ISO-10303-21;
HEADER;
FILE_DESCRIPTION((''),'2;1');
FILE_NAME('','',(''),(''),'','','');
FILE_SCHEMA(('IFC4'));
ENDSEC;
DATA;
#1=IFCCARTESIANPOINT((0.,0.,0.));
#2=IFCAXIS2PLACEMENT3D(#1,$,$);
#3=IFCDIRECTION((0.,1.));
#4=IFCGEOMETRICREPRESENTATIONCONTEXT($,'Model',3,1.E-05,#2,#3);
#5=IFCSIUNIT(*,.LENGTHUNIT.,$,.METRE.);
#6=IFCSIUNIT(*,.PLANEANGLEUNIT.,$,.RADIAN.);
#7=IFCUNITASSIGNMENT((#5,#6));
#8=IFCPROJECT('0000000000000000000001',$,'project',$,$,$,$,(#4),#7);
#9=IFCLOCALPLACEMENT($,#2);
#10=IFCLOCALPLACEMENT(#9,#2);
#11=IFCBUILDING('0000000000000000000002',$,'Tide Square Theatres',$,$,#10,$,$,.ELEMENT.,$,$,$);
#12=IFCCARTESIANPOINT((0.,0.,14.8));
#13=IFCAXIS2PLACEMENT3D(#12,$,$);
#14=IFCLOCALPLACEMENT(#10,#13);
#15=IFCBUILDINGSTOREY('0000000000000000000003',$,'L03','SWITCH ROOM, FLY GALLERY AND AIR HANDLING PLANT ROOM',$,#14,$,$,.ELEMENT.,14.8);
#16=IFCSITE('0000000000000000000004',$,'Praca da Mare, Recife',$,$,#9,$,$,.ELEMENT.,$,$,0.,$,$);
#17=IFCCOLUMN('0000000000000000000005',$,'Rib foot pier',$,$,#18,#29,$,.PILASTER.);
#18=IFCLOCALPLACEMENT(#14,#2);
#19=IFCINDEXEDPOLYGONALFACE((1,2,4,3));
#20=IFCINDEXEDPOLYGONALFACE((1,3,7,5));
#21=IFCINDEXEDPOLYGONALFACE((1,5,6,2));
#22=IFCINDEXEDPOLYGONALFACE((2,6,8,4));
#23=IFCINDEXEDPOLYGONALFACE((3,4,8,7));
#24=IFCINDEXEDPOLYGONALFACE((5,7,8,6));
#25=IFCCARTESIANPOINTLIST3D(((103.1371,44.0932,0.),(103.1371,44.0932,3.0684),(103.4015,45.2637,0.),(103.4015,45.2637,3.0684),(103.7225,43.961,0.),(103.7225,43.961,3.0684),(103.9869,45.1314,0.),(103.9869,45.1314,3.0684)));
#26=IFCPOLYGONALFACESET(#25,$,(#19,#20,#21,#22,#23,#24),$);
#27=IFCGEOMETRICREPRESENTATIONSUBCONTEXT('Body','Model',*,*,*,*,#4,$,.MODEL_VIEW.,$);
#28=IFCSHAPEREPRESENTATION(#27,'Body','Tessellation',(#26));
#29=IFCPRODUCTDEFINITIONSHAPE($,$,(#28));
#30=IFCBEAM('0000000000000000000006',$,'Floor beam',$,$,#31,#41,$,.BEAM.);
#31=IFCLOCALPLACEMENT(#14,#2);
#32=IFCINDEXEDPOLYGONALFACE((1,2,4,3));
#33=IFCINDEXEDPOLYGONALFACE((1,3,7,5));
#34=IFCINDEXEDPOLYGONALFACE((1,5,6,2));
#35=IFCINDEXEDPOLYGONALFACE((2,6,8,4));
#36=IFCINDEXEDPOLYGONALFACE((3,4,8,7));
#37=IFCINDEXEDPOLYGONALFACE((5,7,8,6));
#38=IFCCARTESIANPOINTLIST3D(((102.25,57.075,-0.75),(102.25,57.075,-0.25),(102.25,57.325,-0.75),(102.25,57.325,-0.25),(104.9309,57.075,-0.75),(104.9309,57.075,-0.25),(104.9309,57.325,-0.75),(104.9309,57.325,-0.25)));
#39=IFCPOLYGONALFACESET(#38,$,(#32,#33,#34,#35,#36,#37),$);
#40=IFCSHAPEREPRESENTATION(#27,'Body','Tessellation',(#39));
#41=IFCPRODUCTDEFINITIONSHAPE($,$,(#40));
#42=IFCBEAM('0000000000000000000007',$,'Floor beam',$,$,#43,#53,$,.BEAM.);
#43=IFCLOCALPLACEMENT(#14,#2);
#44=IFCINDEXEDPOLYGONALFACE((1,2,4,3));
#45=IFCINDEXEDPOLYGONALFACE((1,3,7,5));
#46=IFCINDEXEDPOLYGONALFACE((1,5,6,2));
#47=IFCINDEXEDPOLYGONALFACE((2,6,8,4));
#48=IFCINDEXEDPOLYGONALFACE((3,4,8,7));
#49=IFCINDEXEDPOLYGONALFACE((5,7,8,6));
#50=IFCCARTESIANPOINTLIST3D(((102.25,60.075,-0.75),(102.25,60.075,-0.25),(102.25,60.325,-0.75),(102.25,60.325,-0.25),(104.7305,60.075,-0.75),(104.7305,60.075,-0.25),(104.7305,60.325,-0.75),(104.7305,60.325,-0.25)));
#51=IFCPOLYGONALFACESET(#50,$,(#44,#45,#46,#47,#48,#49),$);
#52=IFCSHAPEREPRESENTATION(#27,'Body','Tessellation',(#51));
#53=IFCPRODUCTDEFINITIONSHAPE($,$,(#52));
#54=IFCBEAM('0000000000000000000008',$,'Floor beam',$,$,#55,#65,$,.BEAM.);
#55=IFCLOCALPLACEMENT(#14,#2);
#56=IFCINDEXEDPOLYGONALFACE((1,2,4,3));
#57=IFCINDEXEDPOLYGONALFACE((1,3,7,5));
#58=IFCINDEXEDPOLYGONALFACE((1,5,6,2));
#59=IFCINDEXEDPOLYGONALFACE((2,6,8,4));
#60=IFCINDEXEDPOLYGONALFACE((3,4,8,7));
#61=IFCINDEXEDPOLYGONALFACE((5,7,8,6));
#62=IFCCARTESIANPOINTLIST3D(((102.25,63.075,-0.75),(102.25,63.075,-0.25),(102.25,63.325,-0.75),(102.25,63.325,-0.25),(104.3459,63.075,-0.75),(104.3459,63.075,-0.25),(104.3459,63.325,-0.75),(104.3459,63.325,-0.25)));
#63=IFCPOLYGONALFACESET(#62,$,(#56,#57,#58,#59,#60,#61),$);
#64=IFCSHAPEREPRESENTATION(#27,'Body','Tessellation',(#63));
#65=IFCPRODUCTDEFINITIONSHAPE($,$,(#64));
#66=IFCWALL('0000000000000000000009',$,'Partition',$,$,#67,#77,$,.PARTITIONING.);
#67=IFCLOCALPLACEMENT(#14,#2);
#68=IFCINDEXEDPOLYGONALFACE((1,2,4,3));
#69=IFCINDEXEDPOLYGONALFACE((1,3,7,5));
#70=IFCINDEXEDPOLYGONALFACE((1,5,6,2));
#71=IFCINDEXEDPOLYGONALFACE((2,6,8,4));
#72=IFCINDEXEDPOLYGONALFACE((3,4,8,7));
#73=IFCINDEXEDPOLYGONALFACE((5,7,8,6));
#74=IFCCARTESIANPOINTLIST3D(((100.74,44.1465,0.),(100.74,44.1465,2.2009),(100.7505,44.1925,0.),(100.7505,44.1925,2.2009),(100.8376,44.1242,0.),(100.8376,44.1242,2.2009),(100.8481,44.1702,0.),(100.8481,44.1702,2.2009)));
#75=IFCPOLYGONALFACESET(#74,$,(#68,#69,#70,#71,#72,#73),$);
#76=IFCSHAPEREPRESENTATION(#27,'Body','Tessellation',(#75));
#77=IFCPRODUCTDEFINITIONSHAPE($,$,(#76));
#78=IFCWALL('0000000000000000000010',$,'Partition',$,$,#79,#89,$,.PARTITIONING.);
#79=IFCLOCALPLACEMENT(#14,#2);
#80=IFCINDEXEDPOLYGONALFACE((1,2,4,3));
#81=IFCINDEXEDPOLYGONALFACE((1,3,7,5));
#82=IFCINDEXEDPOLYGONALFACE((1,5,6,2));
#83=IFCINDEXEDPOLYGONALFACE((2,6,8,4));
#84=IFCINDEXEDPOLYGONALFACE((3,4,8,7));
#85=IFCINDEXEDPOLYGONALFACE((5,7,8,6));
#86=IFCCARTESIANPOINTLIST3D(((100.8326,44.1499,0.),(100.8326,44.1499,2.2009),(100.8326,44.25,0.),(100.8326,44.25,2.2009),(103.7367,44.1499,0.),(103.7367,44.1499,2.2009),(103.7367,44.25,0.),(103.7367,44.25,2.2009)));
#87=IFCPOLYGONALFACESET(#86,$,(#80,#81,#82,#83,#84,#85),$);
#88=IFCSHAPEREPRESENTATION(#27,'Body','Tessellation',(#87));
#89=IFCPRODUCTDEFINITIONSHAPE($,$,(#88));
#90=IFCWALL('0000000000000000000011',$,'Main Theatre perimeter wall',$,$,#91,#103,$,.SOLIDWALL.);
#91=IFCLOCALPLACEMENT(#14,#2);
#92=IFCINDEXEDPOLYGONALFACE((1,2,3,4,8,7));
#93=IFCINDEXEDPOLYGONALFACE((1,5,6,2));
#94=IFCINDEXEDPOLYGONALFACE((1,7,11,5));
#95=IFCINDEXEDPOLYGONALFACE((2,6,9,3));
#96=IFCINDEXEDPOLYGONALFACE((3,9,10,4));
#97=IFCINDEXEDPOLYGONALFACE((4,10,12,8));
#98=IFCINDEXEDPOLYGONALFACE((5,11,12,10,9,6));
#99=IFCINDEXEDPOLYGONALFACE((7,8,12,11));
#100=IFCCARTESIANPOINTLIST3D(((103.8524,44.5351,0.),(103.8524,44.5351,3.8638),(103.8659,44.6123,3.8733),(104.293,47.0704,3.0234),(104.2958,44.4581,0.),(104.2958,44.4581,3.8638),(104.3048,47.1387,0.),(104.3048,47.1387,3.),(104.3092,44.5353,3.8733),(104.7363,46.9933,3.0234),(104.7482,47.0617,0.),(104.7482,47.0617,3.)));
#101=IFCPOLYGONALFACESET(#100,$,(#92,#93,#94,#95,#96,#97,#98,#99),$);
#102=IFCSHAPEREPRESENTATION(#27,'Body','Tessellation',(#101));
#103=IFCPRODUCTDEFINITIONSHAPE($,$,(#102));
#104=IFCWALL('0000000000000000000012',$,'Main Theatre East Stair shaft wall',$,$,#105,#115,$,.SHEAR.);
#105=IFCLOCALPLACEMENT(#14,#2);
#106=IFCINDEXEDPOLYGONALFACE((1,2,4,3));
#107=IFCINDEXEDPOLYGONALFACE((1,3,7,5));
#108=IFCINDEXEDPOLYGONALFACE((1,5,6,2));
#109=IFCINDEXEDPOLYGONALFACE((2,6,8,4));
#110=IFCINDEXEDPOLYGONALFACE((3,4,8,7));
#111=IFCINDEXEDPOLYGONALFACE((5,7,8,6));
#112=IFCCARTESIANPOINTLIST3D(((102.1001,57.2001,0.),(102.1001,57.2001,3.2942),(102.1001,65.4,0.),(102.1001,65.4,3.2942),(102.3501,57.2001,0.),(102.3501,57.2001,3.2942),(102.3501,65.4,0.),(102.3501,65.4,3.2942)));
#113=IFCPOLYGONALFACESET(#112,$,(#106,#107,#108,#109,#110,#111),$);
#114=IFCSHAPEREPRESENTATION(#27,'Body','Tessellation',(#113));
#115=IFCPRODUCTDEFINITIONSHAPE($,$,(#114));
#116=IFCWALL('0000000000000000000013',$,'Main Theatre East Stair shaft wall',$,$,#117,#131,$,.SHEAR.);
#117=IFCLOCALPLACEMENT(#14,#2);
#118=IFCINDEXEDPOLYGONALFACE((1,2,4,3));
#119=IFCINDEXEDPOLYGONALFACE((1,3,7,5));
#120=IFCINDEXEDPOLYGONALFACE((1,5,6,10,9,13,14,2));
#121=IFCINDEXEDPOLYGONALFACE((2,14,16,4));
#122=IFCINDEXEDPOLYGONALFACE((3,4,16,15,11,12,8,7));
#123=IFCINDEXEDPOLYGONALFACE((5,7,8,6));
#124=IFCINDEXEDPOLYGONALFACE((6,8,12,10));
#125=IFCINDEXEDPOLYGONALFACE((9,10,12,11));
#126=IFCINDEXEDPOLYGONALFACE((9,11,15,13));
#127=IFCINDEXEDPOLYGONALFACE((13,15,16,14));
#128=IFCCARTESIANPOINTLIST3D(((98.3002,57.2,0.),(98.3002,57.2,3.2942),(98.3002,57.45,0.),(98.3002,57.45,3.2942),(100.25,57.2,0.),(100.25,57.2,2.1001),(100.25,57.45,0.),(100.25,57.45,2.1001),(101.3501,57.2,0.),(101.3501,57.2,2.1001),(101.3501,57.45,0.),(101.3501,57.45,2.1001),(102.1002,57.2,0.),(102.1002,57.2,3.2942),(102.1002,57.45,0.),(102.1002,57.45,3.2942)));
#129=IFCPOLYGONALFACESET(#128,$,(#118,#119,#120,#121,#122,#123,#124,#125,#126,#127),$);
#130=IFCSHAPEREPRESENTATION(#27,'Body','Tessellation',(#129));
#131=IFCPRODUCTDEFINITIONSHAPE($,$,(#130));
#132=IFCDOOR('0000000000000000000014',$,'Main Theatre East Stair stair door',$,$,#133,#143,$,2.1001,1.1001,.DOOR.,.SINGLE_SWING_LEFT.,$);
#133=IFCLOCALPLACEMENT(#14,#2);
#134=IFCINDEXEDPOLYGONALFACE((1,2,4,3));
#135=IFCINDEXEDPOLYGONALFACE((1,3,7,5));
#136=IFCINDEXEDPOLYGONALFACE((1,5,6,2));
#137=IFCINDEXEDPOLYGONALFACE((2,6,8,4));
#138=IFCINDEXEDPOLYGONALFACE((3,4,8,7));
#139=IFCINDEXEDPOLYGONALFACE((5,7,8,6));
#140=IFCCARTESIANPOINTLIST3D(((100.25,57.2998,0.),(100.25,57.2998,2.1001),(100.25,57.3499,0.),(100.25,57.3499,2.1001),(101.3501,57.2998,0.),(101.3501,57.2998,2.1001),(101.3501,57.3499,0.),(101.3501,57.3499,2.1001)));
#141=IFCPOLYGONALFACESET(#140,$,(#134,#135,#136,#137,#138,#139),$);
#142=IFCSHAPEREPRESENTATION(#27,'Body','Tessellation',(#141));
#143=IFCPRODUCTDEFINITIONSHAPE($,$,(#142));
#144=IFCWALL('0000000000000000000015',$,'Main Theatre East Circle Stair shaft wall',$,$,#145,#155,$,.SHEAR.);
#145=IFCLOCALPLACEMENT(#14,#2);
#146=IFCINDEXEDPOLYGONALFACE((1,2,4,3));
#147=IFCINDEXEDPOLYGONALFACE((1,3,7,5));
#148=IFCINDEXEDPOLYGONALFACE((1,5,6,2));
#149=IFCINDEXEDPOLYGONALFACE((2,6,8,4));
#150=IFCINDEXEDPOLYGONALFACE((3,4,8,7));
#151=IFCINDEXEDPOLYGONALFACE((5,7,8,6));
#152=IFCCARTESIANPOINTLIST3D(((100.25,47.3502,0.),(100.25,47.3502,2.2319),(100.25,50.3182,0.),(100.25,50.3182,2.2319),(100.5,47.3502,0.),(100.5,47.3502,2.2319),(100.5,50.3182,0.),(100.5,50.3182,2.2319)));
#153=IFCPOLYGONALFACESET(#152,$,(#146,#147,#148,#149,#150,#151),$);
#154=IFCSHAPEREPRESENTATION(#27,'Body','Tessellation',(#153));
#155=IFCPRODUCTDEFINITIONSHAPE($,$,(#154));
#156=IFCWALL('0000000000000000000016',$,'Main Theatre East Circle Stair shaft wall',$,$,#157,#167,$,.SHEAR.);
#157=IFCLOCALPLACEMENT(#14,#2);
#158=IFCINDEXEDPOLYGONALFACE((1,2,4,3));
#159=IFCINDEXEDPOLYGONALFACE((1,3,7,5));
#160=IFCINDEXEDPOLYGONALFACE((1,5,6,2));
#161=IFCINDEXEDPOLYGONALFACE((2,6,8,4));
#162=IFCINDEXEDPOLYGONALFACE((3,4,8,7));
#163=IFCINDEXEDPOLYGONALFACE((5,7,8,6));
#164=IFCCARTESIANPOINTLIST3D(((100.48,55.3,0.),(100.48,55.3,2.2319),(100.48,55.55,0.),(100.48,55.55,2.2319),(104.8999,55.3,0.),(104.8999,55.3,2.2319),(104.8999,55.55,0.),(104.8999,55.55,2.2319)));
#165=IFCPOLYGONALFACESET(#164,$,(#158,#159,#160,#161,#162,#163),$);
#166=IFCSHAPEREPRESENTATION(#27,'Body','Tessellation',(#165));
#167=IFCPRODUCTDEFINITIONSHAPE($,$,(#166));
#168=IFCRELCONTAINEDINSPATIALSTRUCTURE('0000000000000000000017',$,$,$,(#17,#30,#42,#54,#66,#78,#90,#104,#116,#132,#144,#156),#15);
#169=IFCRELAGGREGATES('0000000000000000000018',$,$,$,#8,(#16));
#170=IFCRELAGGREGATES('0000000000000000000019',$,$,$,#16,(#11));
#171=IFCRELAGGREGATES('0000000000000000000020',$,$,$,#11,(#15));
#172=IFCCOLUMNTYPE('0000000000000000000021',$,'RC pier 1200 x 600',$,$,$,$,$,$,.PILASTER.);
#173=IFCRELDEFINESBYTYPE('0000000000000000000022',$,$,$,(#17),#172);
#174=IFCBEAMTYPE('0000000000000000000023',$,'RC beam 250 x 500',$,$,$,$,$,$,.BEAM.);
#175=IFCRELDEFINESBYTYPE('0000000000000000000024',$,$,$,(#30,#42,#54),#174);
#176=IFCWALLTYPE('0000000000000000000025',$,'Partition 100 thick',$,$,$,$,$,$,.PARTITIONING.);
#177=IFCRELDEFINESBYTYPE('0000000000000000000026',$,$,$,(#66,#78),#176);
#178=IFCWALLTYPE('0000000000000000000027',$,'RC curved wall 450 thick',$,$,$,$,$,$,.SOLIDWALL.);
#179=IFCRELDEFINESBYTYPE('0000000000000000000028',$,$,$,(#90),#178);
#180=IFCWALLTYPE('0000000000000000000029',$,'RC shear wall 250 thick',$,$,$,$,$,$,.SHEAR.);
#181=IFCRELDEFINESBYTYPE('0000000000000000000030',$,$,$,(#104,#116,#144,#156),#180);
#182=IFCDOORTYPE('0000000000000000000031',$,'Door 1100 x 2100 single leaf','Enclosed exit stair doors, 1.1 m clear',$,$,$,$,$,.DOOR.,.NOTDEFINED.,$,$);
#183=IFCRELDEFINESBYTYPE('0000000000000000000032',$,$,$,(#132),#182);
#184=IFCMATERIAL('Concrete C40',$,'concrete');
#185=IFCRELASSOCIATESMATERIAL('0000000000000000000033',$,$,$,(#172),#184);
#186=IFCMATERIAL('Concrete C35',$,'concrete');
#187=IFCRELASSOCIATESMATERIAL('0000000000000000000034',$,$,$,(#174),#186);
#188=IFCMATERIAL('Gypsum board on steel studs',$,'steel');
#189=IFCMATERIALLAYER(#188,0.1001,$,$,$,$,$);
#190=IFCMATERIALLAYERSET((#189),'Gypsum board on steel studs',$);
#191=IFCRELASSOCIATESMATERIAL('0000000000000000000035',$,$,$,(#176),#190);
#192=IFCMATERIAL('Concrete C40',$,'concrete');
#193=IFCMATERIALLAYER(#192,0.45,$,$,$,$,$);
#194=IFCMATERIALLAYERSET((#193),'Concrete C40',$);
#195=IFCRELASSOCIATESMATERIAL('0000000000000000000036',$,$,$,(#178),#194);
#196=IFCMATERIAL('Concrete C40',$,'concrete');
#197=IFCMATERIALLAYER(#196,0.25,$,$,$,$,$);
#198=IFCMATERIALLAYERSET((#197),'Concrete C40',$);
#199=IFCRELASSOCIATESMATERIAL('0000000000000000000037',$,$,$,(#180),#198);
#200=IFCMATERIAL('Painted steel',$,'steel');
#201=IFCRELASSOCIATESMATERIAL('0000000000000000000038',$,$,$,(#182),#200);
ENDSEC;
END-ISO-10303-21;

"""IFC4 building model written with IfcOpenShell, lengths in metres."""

from ifc_helpers import new_model, si_unit, direction, frame, frame_2d, origin, origin_2d, place, context, subcontext, project, spatial, polyline, rectangle, outline, extrude, material, layer, layer_set, material_profile, profile_set, type_object, element, fill, save


model = new_model("IFC4")

# Units and contexts
model_context = context("Model", 3, precision=1e-05, world=origin(), true_north=direction((0.0, 1.0)))
body_context = subcontext(model_context, "Body", "Model", "MODEL_VIEW")
ifc_project = project(units=[si_unit("LENGTHUNIT", "METRE"), si_unit("PLANEANGLEUNIT", "RADIAN")], contexts=[model_context])

# Site, building, storey
site_placement = place(None, origin())
site = spatial("IfcSite", under=ifc_project, at=site_placement, Name="Praca da Mare, Recife", CompositionType="ELEMENT", RefElevation=0.0)
building_placement = place(site_placement, origin())
building = spatial("IfcBuilding", under=site, at=building_placement, Name="Tide Square Theatres", CompositionType="ELEMENT")
storey_placement = place(building_placement, frame((0.0, 0.0, 14.8)))
storey = spatial("IfcBuildingStorey", under=building, at=storey_placement, Name="L03", Description="SWITCH ROOM, FLY GALLERY AND AIR HANDLING PLANT ROOM", CompositionType="ELEMENT", Elevation=14.8)

# Column
ifc_material_1 = material(Name="Concrete C40", Category="concrete")
ifc_material_profile_1 = material_profile(ifc_material_1, rectangle(XDim=1.2, YDim=0.6001, at=origin_2d()))
ifc_profile_set_1 = profile_set([ifc_material_profile_1], Name="Concrete C40")
column_type = type_object("IfcColumnType", Name="RC pier 1200 x 600", PredefinedType="PILASTER", material=ifc_profile_set_1)
column_placement = place(storey_placement, frame((103.562, 44.6123, 0.0), z_axis=(0.0, 0.0, 1.0), x_axis=(0.220357, 0.975419, 0.0)))
element("IfcColumn", 1, at=column_placement, inside=storey, type_object=column_type, Name="Rib foot pier", PredefinedType="PILASTER", context=body_context, shape_type="SweptSolid", body=[
    extrude(rectangle(XDim=1.2, YDim=0.6001, at=origin_2d()), origin(), (0.0, 0.0, 1.0), 3.0684),
])

# Beams
ifc_material_2 = material(Name="Concrete C35", Category="concrete")
ifc_material_profile_2 = material_profile(ifc_material_2, rectangle(XDim=0.25, YDim=0.5, at=origin_2d()))
ifc_profile_set_2 = profile_set([ifc_material_profile_2], Name="Concrete C35")
beam_type = type_object("IfcBeamType", Name="RC beam 250 x 500", PredefinedType="BEAM", material=ifc_profile_set_2)
beam_1_placement = place(storey_placement, frame((102.25, 57.2, -0.5), z_axis=(1.0, 0.0, 0.0), x_axis=(0.0, 1.0, 0.0)))
element("IfcBeam", 2, at=beam_1_placement, inside=storey, type_object=beam_type, Name="Floor beam", PredefinedType="BEAM", context=body_context, shape_type="SweptSolid", body=[
    extrude(rectangle(XDim=0.25, YDim=0.5, at=origin_2d()), origin(), (0.0, 0.0, 1.0), 2.6809),
])
beam_2_placement = place(storey_placement, frame((102.25, 60.2, -0.5), z_axis=(1.0, 0.0, 0.0), x_axis=(0.0, 1.0, 0.0)))
element("IfcBeam", 3, at=beam_2_placement, inside=storey, type_object=beam_type, Name="Floor beam", PredefinedType="BEAM", context=body_context, shape_type="SweptSolid", body=[
    extrude(rectangle(XDim=0.25, YDim=0.5, at=origin_2d()), origin(), (0.0, 0.0, 1.0), 2.4805),
])
beam_3_placement = place(storey_placement, frame((102.25, 63.2, -0.5), z_axis=(1.0, 0.0, 0.0), x_axis=(0.0, 1.0, 0.0)))
element("IfcBeam", 4, at=beam_3_placement, inside=storey, type_object=beam_type, Name="Floor beam", PredefinedType="BEAM", context=body_context, shape_type="SweptSolid", body=[
    extrude(rectangle(XDim=0.25, YDim=0.5, at=origin_2d()), origin(), (0.0, 0.0, 1.0), 2.0959),
])

# Walls
ifc_material_3 = material(Name="Gypsum board on steel studs", Category="steel")
ifc_layer_1 = layer(ifc_material_3, 0.1001)
ifc_layer_set_1 = layer_set([ifc_layer_1], Name="Gypsum board on steel studs")
wall_type_1 = type_object("IfcWallType", Name="Partition 100 thick", PredefinedType="PARTITIONING", material=ifc_layer_set_1)
wall_1_placement = place(storey_placement, frame((100.7888, 44.1355, 0.0), z_axis=(0.0, 0.0, 1.0), x_axis=(0.222966, 0.974826, 0.0)))
element("IfcWall", 5, at=wall_1_placement, inside=storey, type_object=wall_type_1, Name="Partition", PredefinedType="PARTITIONING", context=body_context, shape_type="SweptSolid", body=[
    extrude(rectangle(XDim=0.0471, YDim=0.1001, at=frame_2d((0.0234, 0.0))), origin(), (0.0, 0.0, 1.0), 2.2009),
])
wall_2_placement = place(storey_placement, frame((100.8325, 44.2, 0.0), z_axis=(0.0, 0.0, 1.0), x_axis=(1.0, 0.0, 0.0)))
element("IfcWall", 6, at=wall_2_placement, inside=storey, type_object=wall_type_1, Name="Partition", PredefinedType="PARTITIONING", context=body_context, shape_type="SweptSolid", body=[
    extrude(rectangle(XDim=2.9041, YDim=0.1001, at=frame_2d((1.4521, 0.0))), origin(), (0.0, 0.0, 1.0), 2.2009),
])
ifc_material_4 = material(Name="Concrete C40", Category="concrete")
ifc_layer_2 = layer(ifc_material_4, 0.45)
ifc_layer_set_2 = layer_set([ifc_layer_2], Name="Concrete C40")
wall_type_2 = type_object("IfcWallType", Name="RC curved wall 450 thick", PredefinedType="SOLIDWALL", material=ifc_layer_set_2)
wall_3_placement = place(storey_placement, frame((104.0742, 44.4966, 0.0), z_axis=(0.0, 0.0, 1.0), x_axis=(0.171197, 0.985237, 0.0)))
element("IfcWall", 7, at=wall_3_placement, inside=storey, type_object=wall_type_2, Name="Main Theatre perimeter wall", PredefinedType="SOLIDWALL", context=body_context, shape_type="SweptSolid", body=[
    extrude(outline(polyline([(0.0, 0.0), (2.6426, 0.0), (2.6426, 3.0), (2.5732, 3.0234), (0.0784, 3.8733), (0.0, 3.8638), (0.0, 0.0)])), frame((0.0, 0.2251, 0.0), z_axis=(0.0, -1.0, 0.0), x_axis=(1.0, 0.0, 0.0)), (0.0, 0.0, 1.0), 0.45),
])
ifc_material_5 = material(Name="Concrete C40", Category="concrete")
ifc_layer_3 = layer(ifc_material_5, 0.25)
ifc_layer_set_3 = layer_set([ifc_layer_3], Name="Concrete C40")
wall_type_3 = type_object("IfcWallType", Name="RC shear wall 250 thick", PredefinedType="SHEAR", material=ifc_layer_set_3)
wall_4_placement = place(storey_placement, frame((102.2251, 57.2, 0.0), z_axis=(0.0, 0.0, 1.0), x_axis=(0.0, 1.0, 0.0)))
element("IfcWall", 8, at=wall_4_placement, inside=storey, type_object=wall_type_3, Name="Main Theatre East Stair shaft wall", PredefinedType="SHEAR", context=body_context, shape_type="SweptSolid", body=[
    extrude(rectangle(XDim=8.2, YDim=0.25, at=frame_2d((4.1001, 0.0))), origin(), (0.0, 0.0, 1.0), 3.2942),
])

# Wall, opening, door
wall_5_placement = place(storey_placement, frame((102.1001, 57.325, 0.0), z_axis=(0.0, 0.0, 1.0), x_axis=(-1.0, 0.0, 0.0)))
wall_5 = element("IfcWall", 9, at=wall_5_placement, inside=storey, type_object=wall_type_3, Name="Main Theatre East Stair shaft wall", PredefinedType="SHEAR", context=body_context, shape_type="SweptSolid", body=[
    extrude(rectangle(XDim=3.8, YDim=0.25, at=frame_2d((1.8999, 0.0))), origin(), (0.0, 0.0, 1.0), 3.2942),
])
opening_placement = place(wall_5_placement, frame((0.75, 0.0, 0.0)))
opening = element("IfcOpeningElement", 10, at=opening_placement, cuts=wall_5, PredefinedType="OPENING", context=body_context, shape_type="SweptSolid", body=[
    extrude(rectangle(XDim=1.1001, YDim=2.1001, at=frame_2d((0.55, 1.05))), frame((0.0, 0.135, 0.0), z_axis=(0.0, -1.0, 0.0), x_axis=(1.0, 0.0, 0.0)), (0.0, 0.0, 1.0), 0.27),
])
ifc_material_6 = material(Name="Painted steel", Category="steel")
door_type = type_object("IfcDoorType", Name="Door 1100 x 2100 single leaf", Description="Enclosed exit stair doors, 1.1 m clear", OperationType="NOTDEFINED", PredefinedType="DOOR", material=ifc_material_6)
door_placement = place(opening_placement, frame((1.1001, 0.0, 0.0), z_axis=(0.0, 0.0, 1.0), x_axis=(-1.0, 0.0, 0.0)))
door = element("IfcDoor", 11, at=door_placement, inside=storey, type_object=door_type, Name="Main Theatre East Stair stair door", OperationType="SINGLE_SWING_LEFT", OverallHeight=2.1001, OverallWidth=1.1001, PredefinedType="DOOR", context=body_context, shape_type="SweptSolid", body=[
    extrude(rectangle(XDim=1.1001, YDim=2.1001, at=frame_2d((0.55, 1.05))), frame((0.0, 0.0249, 0.0), z_axis=(0.0, -1.0, 0.0), x_axis=(1.0, 0.0, 0.0)), (0.0, 0.0, 1.0), 0.05),
])
fill(opening, door)

# Walls
wall_6_placement = place(storey_placement, frame((100.375, 50.3181, 0.0), z_axis=(0.0, 0.0, 1.0), x_axis=(0.0, -1.0, 0.0)))
element("IfcWall", 12, at=wall_6_placement, inside=storey, type_object=wall_type_3, Name="Main Theatre East Circle Stair shaft wall", PredefinedType="SHEAR", context=body_context, shape_type="SweptSolid", body=[
    extrude(rectangle(XDim=2.968, YDim=0.25, at=frame_2d((1.4839, 0.0))), origin(), (0.0, 0.0, 1.0), 2.2319),
])
wall_7_placement = place(storey_placement, frame((100.48, 55.425, 0.0), z_axis=(0.0, 0.0, 1.0), x_axis=(1.0, 0.0, 0.0)))
element("IfcWall", 13, at=wall_7_placement, inside=storey, type_object=wall_type_3, Name="Main Theatre East Circle Stair shaft wall", PredefinedType="SHEAR", context=body_context, shape_type="SweptSolid", body=[
    extrude(rectangle(XDim=4.4199, YDim=0.25, at=frame_2d((2.21, 0.0))), origin(), (0.0, 0.0, 1.0), 2.2319),
])

save(model, "model.ifc")
